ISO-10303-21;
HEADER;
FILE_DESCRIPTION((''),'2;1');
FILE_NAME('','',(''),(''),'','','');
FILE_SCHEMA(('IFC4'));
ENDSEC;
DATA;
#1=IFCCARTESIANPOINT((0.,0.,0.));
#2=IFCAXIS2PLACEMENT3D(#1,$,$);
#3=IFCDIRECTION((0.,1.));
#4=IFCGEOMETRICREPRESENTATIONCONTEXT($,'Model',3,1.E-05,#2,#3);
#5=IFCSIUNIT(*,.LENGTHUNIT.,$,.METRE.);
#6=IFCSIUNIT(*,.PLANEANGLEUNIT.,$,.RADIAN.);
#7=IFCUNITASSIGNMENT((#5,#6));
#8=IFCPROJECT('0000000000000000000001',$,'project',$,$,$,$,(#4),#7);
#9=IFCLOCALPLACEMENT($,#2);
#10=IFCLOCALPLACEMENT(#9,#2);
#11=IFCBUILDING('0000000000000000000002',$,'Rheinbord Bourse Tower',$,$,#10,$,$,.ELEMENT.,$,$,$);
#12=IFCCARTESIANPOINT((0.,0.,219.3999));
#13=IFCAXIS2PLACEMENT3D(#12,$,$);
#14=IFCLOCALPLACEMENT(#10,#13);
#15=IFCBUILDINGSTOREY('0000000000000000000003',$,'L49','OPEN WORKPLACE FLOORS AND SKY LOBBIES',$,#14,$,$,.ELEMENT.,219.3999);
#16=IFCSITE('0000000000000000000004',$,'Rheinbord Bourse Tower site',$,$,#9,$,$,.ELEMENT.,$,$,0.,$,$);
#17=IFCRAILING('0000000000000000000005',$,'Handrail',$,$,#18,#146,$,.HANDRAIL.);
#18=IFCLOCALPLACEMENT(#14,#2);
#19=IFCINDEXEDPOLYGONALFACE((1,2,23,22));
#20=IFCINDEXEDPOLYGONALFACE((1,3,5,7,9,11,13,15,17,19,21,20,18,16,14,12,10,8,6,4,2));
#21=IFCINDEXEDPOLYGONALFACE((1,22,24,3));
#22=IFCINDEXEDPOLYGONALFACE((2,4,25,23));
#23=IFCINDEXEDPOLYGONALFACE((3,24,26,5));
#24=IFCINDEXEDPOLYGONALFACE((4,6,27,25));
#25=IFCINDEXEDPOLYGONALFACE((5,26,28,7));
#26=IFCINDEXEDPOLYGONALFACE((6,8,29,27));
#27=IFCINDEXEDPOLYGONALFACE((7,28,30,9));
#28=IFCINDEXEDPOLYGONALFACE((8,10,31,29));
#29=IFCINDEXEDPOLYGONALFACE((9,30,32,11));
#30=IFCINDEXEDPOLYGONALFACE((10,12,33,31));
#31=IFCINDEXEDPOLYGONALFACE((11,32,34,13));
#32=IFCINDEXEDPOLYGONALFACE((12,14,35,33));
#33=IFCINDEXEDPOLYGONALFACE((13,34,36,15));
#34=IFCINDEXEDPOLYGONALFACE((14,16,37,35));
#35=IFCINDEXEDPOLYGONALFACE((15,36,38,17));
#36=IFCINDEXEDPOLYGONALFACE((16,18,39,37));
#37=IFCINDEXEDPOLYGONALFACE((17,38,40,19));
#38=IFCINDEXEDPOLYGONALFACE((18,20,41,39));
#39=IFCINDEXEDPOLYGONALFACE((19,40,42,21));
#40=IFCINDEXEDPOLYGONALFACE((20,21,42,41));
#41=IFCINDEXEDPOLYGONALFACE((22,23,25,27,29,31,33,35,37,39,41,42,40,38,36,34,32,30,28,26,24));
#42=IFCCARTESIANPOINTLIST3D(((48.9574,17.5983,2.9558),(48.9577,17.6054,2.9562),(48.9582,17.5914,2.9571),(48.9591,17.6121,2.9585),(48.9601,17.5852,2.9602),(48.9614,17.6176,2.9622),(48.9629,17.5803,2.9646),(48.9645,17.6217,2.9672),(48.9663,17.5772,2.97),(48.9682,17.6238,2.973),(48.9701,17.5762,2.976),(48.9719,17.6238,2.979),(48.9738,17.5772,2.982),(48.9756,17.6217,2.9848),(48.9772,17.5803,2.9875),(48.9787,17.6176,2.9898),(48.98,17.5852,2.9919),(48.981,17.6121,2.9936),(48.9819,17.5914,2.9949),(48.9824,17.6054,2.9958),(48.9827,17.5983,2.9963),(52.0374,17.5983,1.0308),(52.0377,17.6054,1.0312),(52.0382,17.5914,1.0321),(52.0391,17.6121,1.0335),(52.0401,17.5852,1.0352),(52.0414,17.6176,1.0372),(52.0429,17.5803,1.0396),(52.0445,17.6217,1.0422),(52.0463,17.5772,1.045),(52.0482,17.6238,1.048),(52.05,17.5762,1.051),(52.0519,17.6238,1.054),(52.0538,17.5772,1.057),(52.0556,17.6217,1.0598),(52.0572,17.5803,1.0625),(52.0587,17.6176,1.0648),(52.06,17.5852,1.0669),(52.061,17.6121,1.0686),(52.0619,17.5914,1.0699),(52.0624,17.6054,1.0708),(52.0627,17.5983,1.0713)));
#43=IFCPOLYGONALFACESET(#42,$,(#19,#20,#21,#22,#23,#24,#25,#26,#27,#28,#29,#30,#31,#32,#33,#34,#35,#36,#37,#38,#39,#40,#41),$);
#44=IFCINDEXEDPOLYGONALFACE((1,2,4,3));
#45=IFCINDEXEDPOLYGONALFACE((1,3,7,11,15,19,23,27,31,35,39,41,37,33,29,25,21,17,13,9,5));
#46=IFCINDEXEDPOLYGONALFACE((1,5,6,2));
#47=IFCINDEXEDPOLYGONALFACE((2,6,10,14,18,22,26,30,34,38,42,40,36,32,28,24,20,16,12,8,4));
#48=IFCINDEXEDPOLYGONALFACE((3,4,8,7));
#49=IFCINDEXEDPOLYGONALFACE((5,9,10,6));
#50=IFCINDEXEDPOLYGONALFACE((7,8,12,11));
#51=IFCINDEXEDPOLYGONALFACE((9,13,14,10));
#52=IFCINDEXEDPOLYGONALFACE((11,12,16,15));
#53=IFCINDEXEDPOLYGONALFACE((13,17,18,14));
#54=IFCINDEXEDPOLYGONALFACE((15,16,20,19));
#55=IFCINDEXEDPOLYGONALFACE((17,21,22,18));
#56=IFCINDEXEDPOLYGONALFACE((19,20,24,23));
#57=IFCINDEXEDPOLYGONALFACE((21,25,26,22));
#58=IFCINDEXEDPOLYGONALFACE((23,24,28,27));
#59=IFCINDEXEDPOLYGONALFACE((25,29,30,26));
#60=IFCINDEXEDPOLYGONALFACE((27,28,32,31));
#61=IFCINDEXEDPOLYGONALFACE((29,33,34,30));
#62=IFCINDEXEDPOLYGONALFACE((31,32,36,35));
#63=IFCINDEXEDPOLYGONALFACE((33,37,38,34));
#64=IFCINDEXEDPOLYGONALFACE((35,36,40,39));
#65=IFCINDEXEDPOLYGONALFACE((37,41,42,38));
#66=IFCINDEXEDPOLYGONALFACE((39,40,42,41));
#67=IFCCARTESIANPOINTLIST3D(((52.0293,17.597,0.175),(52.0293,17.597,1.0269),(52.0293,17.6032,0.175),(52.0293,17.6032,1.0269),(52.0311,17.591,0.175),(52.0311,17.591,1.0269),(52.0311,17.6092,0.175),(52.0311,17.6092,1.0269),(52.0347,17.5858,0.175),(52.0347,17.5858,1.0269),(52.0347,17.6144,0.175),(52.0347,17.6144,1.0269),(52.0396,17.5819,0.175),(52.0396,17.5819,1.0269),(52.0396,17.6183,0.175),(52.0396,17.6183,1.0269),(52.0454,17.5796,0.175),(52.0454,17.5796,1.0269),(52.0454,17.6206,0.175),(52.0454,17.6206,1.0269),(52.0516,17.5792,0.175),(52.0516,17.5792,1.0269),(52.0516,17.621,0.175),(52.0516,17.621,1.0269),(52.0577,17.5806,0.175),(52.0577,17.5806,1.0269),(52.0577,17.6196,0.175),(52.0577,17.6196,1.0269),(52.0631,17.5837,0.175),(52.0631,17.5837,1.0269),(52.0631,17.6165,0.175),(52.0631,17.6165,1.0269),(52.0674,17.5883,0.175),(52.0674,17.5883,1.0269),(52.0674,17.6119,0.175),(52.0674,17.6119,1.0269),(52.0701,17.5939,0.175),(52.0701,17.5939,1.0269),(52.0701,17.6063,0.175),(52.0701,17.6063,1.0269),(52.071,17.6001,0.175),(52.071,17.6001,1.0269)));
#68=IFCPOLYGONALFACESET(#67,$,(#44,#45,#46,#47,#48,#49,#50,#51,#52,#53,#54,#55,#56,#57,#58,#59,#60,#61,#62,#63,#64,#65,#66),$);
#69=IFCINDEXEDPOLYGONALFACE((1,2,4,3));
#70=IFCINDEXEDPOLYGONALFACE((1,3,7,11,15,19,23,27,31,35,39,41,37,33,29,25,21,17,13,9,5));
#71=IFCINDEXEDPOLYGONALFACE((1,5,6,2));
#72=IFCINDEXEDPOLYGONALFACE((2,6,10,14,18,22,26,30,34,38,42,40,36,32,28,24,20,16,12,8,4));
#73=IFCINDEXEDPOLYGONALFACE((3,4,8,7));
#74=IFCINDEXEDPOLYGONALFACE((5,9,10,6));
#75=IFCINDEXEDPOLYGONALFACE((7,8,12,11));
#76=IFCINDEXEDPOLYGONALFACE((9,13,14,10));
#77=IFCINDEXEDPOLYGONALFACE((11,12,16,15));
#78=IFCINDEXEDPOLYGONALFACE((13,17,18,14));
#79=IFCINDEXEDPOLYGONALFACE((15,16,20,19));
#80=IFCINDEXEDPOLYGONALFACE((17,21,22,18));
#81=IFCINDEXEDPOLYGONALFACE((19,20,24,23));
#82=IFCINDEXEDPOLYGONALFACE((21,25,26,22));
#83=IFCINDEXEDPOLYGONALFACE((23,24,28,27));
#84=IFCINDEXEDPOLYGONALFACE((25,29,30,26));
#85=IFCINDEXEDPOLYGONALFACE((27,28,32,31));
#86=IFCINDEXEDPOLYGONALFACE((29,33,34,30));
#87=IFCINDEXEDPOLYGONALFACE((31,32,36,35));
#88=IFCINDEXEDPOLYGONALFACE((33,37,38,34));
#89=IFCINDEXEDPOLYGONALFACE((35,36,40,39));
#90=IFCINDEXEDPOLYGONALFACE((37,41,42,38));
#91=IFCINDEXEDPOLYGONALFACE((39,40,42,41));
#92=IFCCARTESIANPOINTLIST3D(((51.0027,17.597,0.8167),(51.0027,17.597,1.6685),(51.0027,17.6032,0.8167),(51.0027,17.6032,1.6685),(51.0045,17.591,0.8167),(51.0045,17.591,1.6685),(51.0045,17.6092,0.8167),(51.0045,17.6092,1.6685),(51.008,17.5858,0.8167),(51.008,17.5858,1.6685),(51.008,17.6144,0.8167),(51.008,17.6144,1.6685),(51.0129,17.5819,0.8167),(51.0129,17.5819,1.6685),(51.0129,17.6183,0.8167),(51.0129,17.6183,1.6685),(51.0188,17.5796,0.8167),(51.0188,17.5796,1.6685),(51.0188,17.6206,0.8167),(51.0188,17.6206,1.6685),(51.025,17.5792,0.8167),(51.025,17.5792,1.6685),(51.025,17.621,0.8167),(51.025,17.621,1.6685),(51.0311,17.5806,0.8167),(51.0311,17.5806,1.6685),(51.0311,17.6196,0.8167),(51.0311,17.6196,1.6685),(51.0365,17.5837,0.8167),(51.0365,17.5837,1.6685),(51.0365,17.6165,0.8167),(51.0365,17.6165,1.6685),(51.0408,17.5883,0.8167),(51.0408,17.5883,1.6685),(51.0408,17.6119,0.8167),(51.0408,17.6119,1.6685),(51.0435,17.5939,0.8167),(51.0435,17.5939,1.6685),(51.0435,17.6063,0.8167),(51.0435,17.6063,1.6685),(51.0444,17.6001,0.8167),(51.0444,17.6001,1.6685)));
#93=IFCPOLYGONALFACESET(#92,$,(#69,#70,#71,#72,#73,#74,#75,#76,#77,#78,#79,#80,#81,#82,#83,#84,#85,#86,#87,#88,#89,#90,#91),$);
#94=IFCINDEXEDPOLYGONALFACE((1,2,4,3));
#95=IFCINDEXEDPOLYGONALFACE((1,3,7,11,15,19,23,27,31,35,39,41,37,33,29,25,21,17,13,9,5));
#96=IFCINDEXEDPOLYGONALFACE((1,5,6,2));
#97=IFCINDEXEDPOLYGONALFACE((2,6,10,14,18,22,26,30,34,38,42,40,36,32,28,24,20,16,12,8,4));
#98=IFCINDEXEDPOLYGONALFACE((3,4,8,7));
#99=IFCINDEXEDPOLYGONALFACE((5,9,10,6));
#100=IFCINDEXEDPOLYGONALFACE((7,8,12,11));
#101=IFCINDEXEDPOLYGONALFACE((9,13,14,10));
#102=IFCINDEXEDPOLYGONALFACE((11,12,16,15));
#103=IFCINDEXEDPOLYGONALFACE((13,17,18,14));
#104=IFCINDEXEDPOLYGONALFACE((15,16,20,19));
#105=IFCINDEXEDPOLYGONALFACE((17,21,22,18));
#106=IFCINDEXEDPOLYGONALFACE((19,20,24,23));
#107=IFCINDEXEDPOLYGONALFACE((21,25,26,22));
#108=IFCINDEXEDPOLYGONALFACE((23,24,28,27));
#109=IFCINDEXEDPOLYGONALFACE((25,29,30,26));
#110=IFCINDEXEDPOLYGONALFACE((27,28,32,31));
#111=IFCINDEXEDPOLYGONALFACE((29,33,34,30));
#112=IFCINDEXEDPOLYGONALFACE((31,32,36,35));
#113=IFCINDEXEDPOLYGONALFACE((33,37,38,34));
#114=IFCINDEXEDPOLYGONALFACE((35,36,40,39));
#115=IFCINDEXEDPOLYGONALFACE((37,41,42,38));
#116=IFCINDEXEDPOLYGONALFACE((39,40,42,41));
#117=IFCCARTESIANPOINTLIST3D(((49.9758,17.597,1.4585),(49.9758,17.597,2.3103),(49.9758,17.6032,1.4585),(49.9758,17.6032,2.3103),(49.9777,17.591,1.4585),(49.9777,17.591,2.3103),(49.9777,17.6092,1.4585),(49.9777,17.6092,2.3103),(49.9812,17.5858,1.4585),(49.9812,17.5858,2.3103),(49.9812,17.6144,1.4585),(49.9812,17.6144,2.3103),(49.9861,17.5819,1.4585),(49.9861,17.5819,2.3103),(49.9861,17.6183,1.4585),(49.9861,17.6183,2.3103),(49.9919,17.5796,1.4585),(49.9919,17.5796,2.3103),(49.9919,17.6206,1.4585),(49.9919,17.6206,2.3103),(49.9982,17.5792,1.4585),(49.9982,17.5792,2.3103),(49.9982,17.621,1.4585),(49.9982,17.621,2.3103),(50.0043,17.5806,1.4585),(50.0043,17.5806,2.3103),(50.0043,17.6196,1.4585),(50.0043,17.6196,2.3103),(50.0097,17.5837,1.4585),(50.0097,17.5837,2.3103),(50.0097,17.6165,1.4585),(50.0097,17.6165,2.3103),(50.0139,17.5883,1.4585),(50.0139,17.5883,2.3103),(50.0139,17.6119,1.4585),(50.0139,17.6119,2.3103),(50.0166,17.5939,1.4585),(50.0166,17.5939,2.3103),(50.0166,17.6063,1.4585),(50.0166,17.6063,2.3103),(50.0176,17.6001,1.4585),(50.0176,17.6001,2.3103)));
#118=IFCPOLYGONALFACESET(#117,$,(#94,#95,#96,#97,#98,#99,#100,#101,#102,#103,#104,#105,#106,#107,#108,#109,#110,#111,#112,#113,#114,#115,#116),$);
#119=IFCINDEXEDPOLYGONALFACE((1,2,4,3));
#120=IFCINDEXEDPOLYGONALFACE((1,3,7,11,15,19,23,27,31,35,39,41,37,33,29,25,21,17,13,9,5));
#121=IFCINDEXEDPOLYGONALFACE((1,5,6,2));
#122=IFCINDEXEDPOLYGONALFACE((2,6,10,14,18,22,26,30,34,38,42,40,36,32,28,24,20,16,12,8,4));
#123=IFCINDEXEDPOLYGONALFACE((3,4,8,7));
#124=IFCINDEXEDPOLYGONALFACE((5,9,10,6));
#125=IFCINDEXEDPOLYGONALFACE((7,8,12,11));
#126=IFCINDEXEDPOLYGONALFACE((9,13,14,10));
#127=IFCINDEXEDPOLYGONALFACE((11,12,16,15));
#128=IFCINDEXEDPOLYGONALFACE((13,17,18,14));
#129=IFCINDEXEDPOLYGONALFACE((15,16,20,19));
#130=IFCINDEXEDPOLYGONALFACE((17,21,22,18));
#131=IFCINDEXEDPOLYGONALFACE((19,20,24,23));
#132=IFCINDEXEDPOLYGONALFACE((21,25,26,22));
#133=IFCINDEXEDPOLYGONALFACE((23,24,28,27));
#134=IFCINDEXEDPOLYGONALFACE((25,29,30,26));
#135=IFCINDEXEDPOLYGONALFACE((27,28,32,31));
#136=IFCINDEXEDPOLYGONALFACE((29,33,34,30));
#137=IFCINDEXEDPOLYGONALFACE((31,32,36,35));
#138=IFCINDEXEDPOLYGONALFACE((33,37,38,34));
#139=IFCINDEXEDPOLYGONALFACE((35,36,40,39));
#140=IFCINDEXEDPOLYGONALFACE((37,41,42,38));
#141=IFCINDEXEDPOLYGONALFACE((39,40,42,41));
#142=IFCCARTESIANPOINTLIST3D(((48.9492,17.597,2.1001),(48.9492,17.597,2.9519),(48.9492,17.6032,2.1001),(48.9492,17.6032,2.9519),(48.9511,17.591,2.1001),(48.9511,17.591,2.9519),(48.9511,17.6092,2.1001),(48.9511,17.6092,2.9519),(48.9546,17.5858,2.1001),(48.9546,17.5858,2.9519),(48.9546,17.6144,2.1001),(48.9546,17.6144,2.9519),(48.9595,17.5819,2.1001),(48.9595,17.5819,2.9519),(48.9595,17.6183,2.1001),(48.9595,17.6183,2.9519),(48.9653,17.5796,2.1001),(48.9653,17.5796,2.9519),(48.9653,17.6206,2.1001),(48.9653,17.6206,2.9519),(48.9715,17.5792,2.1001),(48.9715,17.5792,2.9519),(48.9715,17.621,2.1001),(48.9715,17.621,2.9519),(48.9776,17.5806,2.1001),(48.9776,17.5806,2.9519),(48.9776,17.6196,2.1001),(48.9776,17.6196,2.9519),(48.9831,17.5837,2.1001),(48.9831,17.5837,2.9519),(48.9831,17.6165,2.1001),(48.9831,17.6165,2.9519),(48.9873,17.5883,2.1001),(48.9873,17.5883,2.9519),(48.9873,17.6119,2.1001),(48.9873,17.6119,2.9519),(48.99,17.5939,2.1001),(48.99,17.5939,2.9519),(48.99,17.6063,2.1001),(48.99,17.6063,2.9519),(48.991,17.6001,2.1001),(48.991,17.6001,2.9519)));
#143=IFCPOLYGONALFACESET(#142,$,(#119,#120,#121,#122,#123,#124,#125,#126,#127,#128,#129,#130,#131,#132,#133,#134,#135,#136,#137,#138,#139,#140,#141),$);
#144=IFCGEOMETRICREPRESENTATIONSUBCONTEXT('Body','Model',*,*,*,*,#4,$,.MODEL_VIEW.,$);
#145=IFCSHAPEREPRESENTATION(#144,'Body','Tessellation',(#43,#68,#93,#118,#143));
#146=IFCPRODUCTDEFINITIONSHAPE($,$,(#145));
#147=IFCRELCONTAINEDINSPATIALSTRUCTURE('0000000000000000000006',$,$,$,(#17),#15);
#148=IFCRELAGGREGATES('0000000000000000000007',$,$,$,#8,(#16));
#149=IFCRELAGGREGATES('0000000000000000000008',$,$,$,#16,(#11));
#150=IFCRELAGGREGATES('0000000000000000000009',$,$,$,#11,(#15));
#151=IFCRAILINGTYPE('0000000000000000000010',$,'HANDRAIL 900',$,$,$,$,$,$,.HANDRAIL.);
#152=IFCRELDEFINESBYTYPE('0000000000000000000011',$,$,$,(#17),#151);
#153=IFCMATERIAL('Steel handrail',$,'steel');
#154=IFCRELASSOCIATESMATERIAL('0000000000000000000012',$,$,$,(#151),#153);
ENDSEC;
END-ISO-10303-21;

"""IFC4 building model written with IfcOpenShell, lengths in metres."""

from ifc_helpers import new_model, si_unit, direction, frame, origin, origin_2d, place, context, subcontext, project, spatial, circle, extrude, material, type_object, element, save


model = new_model("IFC4")

# Units and contexts
model_context = context("Model", 3, precision=1e-05, world=origin(), true_north=direction((0.0, 1.0)))
body_context = subcontext(model_context, "Body", "Model", "MODEL_VIEW")
ifc_project = project(units=[si_unit("LENGTHUNIT", "METRE"), si_unit("PLANEANGLEUNIT", "RADIAN")], contexts=[model_context])

# Site, building, storey
site_placement = place(None, origin())
site = spatial("IfcSite", under=ifc_project, at=site_placement, Name="Rheinbord Bourse Tower site", CompositionType="ELEMENT", RefElevation=0.0)
building_placement = place(site_placement, origin())
building = spatial("IfcBuilding", under=site, at=building_placement, Name="Rheinbord Bourse Tower", CompositionType="ELEMENT")
storey_placement = place(building_placement, frame((0.0, 0.0, 219.3999)))
storey = spatial("IfcBuildingStorey", under=building, at=storey_placement, Name="L49", Description="OPEN WORKPLACE FLOORS AND SKY LOBBIES", CompositionType="ELEMENT", Elevation=219.3999)

# Railing
ifc_material_1 = material(Name="Steel handrail", Category="steel")
railing_type = type_object("IfcRailingType", Name="HANDRAIL 900", PredefinedType="HANDRAIL", material=ifc_material_1)
railing_1_placement = place(storey_placement, frame((52.05, 17.6001, 0.175)))
element("IfcRailing", 1, at=railing_1_placement, inside=storey, type_object=railing_type, Name="Handrail", PredefinedType="HANDRAIL", context=body_context, shape_type="SweptSolid", body=[
    extrude(circle(Radius=0.0239, at=origin_2d()), frame((0.0, 0.0, 0.876), z_axis=(-0.847998, 0.0, 0.529999), x_axis=(0.0, -1.0, 0.0)), (0.0, 0.0, 1.0), 3.6321),
    extrude(circle(Radius=0.021, at=origin_2d()), origin(), (0.0, 0.0, 1.0), 0.8518),
    extrude(circle(Radius=0.021, at=origin_2d()), frame((-1.0266, 0.0, 0.6416)), (0.0, 0.0, 1.0), 0.8518),
    extrude(circle(Radius=0.021, at=origin_2d()), frame((-2.0535, 0.0, 1.2834)), (0.0, 0.0, 1.0), 0.8518),
    extrude(circle(Radius=0.021, at=origin_2d()), frame((-3.0801, 0.0, 1.925)), (0.0, 0.0, 1.0), 0.8518),
])

save(model, "model.ifc")
